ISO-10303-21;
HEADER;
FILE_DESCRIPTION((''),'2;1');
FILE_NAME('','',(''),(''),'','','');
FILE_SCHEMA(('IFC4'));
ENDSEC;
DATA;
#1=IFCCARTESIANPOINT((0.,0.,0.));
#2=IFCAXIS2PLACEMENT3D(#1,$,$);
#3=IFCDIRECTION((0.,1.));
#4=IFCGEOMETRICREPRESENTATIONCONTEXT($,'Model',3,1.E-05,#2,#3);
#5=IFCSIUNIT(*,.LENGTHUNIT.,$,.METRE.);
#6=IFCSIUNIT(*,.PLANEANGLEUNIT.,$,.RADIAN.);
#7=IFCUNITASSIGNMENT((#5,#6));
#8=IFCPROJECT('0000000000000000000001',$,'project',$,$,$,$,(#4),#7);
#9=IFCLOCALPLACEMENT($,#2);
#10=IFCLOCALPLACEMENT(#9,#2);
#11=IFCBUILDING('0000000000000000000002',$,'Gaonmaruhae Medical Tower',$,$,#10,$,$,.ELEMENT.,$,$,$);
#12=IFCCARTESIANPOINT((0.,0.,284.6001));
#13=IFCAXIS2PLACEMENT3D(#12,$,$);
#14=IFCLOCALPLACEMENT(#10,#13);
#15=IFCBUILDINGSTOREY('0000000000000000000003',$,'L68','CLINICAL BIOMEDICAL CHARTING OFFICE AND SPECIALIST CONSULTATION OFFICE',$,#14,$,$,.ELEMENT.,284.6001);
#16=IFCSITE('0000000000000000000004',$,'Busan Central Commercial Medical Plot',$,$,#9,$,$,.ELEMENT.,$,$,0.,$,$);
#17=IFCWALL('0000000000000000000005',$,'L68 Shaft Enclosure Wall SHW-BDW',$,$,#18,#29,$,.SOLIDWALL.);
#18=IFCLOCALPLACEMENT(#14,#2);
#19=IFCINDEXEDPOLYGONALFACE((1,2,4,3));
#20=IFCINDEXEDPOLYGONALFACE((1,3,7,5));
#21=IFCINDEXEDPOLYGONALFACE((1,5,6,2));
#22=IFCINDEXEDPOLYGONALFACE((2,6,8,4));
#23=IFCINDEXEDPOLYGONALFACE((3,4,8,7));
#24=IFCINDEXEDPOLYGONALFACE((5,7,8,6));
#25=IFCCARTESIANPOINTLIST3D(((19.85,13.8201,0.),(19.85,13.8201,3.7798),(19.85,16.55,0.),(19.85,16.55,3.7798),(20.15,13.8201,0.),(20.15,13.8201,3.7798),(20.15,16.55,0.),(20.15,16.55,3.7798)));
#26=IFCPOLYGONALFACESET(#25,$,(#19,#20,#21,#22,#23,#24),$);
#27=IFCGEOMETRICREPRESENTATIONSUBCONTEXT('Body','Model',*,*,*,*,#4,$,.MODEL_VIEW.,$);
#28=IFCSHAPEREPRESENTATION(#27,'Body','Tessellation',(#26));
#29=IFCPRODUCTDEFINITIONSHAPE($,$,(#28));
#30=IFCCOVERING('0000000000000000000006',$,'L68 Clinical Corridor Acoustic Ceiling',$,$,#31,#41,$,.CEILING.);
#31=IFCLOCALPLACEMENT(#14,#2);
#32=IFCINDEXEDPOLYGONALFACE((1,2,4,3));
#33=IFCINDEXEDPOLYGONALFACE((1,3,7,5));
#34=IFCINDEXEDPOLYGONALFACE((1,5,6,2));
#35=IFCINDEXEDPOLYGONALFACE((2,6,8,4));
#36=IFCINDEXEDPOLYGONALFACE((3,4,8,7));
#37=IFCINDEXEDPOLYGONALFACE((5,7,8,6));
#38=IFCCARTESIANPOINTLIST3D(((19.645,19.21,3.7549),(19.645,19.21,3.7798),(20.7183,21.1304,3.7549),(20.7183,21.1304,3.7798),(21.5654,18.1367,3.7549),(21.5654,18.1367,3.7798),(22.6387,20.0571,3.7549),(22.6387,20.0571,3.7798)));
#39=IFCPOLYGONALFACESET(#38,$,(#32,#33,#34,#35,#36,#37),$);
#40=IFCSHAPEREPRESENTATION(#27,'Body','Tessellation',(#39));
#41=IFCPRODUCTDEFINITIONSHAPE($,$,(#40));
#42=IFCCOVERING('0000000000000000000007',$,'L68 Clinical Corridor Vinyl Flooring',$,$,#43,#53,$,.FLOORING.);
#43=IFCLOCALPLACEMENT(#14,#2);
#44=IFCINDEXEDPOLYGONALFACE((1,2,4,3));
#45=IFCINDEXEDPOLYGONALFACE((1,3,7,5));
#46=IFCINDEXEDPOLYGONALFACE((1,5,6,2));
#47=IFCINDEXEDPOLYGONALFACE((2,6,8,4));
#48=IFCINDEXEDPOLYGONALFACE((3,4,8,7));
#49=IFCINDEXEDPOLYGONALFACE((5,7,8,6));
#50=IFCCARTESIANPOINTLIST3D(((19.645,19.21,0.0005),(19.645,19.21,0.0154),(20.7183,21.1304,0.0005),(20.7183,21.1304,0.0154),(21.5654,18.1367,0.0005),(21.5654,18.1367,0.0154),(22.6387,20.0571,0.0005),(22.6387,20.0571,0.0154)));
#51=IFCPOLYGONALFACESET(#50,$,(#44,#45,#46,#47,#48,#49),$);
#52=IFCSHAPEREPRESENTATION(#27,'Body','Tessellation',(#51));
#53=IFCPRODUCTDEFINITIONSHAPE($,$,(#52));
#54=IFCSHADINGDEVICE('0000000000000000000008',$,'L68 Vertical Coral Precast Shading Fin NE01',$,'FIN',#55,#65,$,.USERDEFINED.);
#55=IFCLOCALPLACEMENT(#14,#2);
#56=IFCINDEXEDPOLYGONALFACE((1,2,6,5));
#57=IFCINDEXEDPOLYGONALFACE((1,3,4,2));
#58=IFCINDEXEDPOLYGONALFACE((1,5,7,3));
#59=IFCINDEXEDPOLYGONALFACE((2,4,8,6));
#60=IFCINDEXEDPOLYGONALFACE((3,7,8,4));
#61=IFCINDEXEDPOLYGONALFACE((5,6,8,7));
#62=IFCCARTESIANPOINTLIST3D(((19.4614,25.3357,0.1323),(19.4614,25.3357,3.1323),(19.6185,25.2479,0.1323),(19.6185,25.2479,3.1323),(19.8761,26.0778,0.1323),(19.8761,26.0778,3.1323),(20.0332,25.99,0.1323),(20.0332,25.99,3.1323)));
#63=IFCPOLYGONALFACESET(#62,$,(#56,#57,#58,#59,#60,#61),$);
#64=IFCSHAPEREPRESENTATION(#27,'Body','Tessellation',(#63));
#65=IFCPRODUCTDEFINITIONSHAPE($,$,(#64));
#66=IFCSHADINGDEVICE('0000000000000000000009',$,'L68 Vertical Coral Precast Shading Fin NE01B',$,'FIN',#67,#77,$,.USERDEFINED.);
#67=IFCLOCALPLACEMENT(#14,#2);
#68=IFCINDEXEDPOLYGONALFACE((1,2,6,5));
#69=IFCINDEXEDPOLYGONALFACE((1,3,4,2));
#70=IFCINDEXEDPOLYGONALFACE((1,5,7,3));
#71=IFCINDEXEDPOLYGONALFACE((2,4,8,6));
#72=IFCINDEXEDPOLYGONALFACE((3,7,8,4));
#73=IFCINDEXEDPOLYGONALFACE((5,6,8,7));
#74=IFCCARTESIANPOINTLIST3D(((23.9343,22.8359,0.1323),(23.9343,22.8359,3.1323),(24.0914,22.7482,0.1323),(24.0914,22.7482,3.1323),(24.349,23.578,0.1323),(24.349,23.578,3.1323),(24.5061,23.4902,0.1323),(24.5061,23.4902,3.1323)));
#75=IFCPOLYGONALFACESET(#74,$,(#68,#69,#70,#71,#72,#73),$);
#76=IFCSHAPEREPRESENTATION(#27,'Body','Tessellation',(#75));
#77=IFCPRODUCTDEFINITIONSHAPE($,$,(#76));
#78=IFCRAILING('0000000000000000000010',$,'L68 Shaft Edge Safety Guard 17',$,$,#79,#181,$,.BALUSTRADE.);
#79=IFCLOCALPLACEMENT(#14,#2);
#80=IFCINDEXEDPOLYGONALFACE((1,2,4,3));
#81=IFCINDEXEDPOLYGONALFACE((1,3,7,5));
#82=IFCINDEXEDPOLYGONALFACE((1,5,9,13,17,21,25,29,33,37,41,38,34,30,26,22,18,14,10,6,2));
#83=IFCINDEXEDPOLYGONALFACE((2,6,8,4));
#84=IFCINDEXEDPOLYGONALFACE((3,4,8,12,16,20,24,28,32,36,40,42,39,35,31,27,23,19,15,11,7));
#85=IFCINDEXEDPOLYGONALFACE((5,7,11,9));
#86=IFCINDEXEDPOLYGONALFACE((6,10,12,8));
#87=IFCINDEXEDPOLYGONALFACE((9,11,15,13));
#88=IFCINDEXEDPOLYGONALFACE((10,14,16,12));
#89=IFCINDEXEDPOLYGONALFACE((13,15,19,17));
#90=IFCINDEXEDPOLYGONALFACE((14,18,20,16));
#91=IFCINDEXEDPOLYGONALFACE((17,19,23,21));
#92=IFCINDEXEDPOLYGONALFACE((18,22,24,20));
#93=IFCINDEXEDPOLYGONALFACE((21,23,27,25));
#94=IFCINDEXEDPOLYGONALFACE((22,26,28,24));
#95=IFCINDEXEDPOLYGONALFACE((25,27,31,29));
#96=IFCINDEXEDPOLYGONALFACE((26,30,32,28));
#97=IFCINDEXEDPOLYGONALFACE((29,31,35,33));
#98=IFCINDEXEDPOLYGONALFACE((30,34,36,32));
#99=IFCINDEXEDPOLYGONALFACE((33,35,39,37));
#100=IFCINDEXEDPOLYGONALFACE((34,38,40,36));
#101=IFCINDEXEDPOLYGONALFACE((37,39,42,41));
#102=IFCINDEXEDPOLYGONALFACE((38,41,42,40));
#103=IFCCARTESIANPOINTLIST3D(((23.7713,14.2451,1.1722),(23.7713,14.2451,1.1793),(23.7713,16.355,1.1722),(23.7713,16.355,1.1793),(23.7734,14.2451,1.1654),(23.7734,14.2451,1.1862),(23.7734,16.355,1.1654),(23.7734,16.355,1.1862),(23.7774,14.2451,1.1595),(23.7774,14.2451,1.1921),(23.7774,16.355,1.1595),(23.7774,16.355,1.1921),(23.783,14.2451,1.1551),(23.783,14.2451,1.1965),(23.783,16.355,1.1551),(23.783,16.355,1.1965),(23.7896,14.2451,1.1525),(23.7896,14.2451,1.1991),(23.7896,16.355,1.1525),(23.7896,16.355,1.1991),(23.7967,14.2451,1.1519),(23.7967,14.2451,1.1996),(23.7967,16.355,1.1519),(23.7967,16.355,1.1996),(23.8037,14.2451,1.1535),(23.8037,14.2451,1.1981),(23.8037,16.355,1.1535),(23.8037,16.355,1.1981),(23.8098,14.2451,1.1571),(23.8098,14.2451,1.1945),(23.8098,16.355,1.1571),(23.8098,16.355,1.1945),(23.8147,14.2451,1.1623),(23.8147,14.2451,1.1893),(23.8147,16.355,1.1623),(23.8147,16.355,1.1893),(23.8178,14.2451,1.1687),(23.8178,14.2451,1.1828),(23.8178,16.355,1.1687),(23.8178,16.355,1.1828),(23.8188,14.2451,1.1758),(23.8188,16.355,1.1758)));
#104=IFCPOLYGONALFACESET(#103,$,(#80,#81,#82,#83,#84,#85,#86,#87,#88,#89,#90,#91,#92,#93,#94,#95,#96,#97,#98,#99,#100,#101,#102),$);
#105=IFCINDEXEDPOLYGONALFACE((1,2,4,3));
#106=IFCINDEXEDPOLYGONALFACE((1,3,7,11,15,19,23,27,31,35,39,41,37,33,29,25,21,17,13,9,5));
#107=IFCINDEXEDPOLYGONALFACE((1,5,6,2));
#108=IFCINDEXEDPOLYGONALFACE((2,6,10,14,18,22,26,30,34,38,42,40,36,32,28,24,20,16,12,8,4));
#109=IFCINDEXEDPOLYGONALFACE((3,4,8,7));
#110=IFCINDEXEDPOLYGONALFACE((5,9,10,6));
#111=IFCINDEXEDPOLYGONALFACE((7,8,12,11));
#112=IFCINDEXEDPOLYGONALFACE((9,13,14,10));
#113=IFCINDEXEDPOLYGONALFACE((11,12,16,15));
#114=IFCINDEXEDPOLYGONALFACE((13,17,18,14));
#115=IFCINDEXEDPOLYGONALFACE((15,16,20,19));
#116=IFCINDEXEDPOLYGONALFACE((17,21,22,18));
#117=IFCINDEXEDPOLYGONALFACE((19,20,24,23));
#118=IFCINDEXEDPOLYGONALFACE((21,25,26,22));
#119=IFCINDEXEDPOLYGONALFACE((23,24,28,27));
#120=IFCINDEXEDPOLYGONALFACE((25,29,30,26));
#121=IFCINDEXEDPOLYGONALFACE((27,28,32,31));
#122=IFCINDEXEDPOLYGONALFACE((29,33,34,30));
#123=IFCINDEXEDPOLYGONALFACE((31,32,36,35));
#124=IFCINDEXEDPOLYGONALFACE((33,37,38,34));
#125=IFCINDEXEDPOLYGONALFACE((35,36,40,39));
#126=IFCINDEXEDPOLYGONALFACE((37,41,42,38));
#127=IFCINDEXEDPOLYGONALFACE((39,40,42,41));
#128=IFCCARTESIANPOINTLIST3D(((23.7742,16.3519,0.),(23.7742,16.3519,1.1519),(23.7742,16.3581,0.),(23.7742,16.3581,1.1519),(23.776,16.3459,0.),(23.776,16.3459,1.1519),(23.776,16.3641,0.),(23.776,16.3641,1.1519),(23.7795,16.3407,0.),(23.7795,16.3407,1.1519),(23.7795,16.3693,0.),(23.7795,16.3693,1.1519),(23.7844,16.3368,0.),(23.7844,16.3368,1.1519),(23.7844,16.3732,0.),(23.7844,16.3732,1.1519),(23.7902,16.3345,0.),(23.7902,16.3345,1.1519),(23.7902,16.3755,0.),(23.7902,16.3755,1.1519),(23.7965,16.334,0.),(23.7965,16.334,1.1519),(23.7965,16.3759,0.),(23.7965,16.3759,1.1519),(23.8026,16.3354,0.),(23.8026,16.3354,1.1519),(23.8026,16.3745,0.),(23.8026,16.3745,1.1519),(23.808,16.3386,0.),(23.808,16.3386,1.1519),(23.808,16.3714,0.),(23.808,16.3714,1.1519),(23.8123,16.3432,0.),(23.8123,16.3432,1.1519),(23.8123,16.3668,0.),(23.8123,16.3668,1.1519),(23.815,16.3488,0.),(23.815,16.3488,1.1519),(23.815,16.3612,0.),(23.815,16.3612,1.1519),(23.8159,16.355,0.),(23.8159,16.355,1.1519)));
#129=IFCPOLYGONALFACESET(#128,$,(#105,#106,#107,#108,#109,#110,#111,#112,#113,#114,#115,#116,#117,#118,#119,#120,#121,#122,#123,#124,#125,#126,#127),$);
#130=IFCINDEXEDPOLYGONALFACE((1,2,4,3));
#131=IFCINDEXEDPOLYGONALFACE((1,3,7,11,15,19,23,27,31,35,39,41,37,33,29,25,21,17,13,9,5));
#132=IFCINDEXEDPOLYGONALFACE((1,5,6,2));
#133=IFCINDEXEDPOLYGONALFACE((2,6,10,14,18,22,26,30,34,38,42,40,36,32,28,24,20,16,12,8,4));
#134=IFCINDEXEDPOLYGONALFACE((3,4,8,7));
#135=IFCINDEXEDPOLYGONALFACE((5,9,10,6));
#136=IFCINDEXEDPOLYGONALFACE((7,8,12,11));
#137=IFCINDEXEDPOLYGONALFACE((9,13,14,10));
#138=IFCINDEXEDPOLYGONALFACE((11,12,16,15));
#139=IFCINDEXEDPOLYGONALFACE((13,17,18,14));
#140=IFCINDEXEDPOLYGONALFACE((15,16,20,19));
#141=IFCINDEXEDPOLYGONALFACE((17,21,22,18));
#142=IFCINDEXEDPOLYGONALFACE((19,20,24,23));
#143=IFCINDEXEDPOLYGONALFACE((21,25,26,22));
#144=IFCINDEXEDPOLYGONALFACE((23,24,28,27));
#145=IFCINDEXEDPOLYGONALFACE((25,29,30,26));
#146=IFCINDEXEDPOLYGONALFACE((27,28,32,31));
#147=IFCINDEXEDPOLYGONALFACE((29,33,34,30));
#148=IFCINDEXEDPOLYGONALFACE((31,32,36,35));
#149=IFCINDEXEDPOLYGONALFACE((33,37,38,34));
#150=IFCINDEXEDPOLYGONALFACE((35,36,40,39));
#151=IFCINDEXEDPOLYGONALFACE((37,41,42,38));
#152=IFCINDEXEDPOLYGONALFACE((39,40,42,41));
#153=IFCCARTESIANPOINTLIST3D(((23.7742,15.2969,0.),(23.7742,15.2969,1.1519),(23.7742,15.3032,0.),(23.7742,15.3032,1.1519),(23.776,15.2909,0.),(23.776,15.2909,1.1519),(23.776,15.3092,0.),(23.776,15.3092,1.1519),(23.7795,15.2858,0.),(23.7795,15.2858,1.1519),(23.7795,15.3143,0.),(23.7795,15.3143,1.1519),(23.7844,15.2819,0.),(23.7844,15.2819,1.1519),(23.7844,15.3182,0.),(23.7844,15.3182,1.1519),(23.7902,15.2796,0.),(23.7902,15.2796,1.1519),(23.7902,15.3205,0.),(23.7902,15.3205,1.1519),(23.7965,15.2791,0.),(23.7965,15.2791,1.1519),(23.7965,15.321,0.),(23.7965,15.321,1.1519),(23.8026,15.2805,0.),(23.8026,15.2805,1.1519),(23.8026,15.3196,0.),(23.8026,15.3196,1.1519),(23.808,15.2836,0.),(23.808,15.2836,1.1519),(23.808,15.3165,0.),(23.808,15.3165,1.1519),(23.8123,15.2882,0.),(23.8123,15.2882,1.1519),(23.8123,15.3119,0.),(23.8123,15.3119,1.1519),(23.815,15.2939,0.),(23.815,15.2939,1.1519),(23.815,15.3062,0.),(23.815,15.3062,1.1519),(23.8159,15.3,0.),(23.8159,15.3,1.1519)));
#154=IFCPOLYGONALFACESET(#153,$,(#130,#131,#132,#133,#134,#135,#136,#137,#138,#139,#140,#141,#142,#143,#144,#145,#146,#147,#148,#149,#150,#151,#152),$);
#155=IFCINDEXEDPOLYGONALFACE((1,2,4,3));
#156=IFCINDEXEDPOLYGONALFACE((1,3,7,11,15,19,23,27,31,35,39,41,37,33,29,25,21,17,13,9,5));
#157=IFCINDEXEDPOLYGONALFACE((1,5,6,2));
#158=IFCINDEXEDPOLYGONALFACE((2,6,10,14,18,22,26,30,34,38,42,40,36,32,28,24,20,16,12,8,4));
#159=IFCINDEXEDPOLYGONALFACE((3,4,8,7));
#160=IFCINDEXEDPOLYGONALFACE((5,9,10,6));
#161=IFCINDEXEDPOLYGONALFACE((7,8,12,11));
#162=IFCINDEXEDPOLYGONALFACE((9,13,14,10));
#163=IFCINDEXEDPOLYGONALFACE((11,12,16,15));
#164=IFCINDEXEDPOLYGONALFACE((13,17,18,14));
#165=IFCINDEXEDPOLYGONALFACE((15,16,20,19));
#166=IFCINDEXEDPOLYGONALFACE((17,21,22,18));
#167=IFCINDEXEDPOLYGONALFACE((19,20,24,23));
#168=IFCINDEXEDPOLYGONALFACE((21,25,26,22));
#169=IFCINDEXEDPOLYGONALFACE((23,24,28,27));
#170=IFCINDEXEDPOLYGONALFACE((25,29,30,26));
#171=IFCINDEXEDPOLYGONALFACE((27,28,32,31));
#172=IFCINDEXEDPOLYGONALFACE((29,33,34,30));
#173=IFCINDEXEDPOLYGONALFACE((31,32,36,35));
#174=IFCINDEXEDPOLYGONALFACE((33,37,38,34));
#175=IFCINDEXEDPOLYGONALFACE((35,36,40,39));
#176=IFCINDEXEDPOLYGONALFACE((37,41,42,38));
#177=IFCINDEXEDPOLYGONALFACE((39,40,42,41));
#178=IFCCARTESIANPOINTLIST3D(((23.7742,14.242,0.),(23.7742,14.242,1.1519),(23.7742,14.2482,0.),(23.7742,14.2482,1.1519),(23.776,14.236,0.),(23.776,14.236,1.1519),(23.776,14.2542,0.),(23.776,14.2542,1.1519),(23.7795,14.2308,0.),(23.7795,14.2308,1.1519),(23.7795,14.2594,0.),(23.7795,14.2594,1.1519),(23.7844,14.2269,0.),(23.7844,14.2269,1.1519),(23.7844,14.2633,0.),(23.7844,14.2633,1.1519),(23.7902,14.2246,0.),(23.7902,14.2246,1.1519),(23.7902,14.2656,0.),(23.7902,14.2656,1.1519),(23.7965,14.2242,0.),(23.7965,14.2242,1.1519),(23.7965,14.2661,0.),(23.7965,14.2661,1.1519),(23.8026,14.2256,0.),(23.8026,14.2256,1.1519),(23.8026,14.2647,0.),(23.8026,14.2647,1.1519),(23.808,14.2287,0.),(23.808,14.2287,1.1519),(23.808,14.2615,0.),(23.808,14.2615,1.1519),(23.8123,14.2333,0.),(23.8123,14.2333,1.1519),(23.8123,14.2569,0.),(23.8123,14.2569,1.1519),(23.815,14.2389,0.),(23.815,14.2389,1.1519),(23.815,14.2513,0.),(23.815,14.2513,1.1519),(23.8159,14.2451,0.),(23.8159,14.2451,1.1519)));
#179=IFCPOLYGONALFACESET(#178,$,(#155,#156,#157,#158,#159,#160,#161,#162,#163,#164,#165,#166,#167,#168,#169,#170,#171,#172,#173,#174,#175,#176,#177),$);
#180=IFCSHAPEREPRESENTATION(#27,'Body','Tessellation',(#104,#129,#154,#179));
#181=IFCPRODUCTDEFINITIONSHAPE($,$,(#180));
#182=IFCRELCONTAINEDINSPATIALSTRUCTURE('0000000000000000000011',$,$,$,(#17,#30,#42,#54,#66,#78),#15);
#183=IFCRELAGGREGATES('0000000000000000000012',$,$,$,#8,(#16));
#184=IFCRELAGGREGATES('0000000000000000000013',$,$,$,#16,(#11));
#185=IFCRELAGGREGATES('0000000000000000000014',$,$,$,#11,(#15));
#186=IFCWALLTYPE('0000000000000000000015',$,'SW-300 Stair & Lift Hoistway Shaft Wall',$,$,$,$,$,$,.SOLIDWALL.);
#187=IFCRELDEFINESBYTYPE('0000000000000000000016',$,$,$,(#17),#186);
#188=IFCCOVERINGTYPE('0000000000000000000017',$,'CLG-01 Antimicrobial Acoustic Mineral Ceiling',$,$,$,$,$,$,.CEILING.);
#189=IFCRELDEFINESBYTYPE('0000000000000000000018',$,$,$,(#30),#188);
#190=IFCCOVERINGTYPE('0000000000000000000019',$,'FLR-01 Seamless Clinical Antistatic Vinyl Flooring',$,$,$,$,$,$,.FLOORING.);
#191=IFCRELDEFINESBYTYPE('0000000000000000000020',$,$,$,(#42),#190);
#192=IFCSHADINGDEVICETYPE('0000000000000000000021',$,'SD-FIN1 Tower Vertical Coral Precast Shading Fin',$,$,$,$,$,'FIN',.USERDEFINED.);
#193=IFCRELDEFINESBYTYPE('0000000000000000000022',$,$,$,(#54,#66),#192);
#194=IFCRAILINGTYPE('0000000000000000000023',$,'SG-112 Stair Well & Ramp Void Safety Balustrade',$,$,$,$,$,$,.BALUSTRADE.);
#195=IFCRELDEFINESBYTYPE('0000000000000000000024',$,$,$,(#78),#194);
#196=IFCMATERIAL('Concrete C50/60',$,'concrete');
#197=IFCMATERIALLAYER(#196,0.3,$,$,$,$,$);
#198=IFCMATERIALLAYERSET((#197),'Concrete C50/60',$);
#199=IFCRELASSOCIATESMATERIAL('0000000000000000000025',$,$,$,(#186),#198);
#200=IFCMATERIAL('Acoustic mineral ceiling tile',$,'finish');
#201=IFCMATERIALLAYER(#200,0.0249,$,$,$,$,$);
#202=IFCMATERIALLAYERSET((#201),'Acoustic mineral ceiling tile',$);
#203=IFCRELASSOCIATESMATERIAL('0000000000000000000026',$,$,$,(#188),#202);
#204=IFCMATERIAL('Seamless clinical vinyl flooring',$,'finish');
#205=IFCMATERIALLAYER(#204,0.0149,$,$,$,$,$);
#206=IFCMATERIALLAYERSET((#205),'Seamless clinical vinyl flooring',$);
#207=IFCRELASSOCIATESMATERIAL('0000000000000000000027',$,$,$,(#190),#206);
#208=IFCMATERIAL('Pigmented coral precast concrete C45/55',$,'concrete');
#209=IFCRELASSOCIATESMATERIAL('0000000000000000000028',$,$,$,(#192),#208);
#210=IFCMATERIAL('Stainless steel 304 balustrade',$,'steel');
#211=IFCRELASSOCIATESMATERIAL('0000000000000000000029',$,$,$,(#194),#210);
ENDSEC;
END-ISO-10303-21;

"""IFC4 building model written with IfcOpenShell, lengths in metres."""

from ifc_helpers import new_model, si_unit, direction, frame, frame_2d, origin, origin_2d, place, context, subcontext, project, spatial, rectangle, circle, extrude, material, layer, layer_set, type_object, element, save


model = new_model("IFC4")

# Units and contexts
model_context = context("Model", 3, precision=1e-05, world=origin(), true_north=direction((0.0, 1.0)))
body_context = subcontext(model_context, "Body", "Model", "MODEL_VIEW")
ifc_project = project(units=[si_unit("LENGTHUNIT", "METRE"), si_unit("PLANEANGLEUNIT", "RADIAN")], contexts=[model_context])

# Site, building, storey
site_placement = place(None, origin())
site = spatial("IfcSite", under=ifc_project, at=site_placement, Name="Busan Central Commercial Medical Plot", CompositionType="ELEMENT", RefElevation=0.0)
building_placement = place(site_placement, origin())
building = spatial("IfcBuilding", under=site, at=building_placement, Name="Gaonmaruhae Medical Tower", CompositionType="ELEMENT")
storey_placement = place(building_placement, frame((0.0, 0.0, 284.6001)))
storey = spatial("IfcBuildingStorey", under=building, at=storey_placement, Name="L68", Description="CLINICAL BIOMEDICAL CHARTING OFFICE AND SPECIALIST CONSULTATION OFFICE", CompositionType="ELEMENT", Elevation=284.6001)

# Shared definitions
ifc_material_1 = material(Name="Concrete C50/60", Category="concrete")

# Shared definitions
ifc_layer_1 = layer(ifc_material_1, 0.3)
ifc_layer_set_1 = layer_set([ifc_layer_1], Name="Concrete C50/60")
wall_type_1 = type_object("IfcWallType", Name="SW-300 Stair & Lift Hoistway Shaft Wall", PredefinedType="SOLIDWALL", material=ifc_layer_set_1)

# Wall
wall_1_placement = place(storey_placement, frame((20.0, 13.8201, 0.0), z_axis=(0.0, 0.0, 1.0), x_axis=(0.0, 1.0, 0.0)))
element("IfcWall", 1, at=wall_1_placement, inside=storey, type_object=wall_type_1, Name="L68 Shaft Enclosure Wall SHW-BDW", PredefinedType="SOLIDWALL", context=body_context, shape_type="SweptSolid", body=[
    extrude(rectangle(XDim=2.73, YDim=0.3, at=frame_2d((1.365, 0.0))), origin(), (0.0, 0.0, 1.0), 3.7798),
])

# Coverings
ifc_material_2 = material(Name="Acoustic mineral ceiling tile", Category="finish")
ifc_layer_2 = layer(ifc_material_2, 0.0249)
ifc_layer_set_2 = layer_set([ifc_layer_2], Name="Acoustic mineral ceiling tile")
covering_type_1 = type_object("IfcCoveringType", Name="CLG-01 Antimicrobial Acoustic Mineral Ceiling", PredefinedType="CEILING", material=ifc_layer_set_2)
covering_1_placement = place(storey_placement, frame((21.1418, 19.6335, 3.7549), z_axis=(0.0, 0.0, 1.0), x_axis=(0.48786, 0.872922, 0.0)))
element("IfcCovering", 2, at=covering_1_placement, inside=storey, type_object=covering_type_1, Name="L68 Clinical Corridor Acoustic Ceiling", PredefinedType="CEILING", context=body_context, shape_type="SweptSolid", body=[
    extrude(rectangle(XDim=2.2, YDim=2.2, at=origin_2d()), origin(), (0.0, 0.0, 1.0), 0.0249),
])
ifc_material_3 = material(Name="Seamless clinical vinyl flooring", Category="finish")
ifc_layer_3 = layer(ifc_material_3, 0.0149)
ifc_layer_set_3 = layer_set([ifc_layer_3], Name="Seamless clinical vinyl flooring")
covering_type_2 = type_object("IfcCoveringType", Name="FLR-01 Seamless Clinical Antistatic Vinyl Flooring", PredefinedType="FLOORING", material=ifc_layer_set_3)
covering_2_placement = place(storey_placement, frame((21.1418, 19.6335, 0.0005), z_axis=(0.0, 0.0, 1.0), x_axis=(0.48786, 0.872922, 0.0)))
element("IfcCovering", 3, at=covering_2_placement, inside=storey, type_object=covering_type_2, Name="L68 Clinical Corridor Vinyl Flooring", PredefinedType="FLOORING", context=body_context, shape_type="SweptSolid", body=[
    extrude(rectangle(XDim=2.2, YDim=2.2, at=origin_2d()), origin(), (0.0, 0.0, 1.0), 0.0149),
])

# Shading devices
ifc_material_4 = material(Name="Pigmented coral precast concrete C45/55", Category="concrete")
shading_device_type = type_object("IfcShadingDeviceType", Name="SD-FIN1 Tower Vertical Coral Precast Shading Fin", ElementType="FIN", PredefinedType="USERDEFINED", material=ifc_material_4)
for number, where, z_axis, x_axis, name in (
    (4, (19.7473, 25.6628, 0.1323), (0.0, 0.0, 1.0), (0.872922, -0.48786, 0.0), "L68 Vertical Coral Precast Shading Fin NE01"),
    (5, (24.2202, 23.1631, 0.1323), (0.0, 0.0, 1.0), (0.872922, -0.48786, 0.0), "L68 Vertical Coral Precast Shading Fin NE01B"),
):
    element("IfcShadingDevice", number, at=place(storey_placement, frame(where, z_axis=z_axis, x_axis=x_axis)), inside=storey, type_object=shading_device_type, Name=name, ObjectType="FIN", PredefinedType="USERDEFINED", context=body_context, shape_type="SweptSolid", body=[
        extrude(rectangle(XDim=0.1799, YDim=0.8501, at=origin_2d()), origin(), (0.0, 0.0, 1.0), 3.0),
    ])

# Railing
ifc_material_5 = material(Name="Stainless steel 304 balustrade", Category="steel")
railing_type = type_object("IfcRailingType", Name="SG-112 Stair Well & Ramp Void Safety Balustrade", PredefinedType="BALUSTRADE", material=ifc_material_5)
railing_placement = place(storey_placement, frame((23.7949, 16.355, 0.0)))
element("IfcRailing", 6, at=railing_placement, inside=storey, type_object=railing_type, Name="L68 Shaft Edge Safety Guard 17", PredefinedType="BALUSTRADE", context=body_context, shape_type="SweptSolid", body=[
    extrude(circle(Radius=0.0239, at=origin_2d()), frame((0.0, 0.0, 1.1758), z_axis=(0.0, -1.0, 0.0), x_axis=(1.0, 0.0, 0.0)), (0.0, 0.0, 1.0), 2.1099),
    extrude(circle(Radius=0.021, at=origin_2d()), origin(), (0.0, 0.0, 1.0), 1.1519),
    extrude(circle(Radius=0.021, at=origin_2d()), frame((0.0, -1.0549, 0.0)), (0.0, 0.0, 1.0), 1.1519),
    extrude(circle(Radius=0.021, at=origin_2d()), frame((0.0, -2.1099, 0.0)), (0.0, 0.0, 1.0), 1.1519),
])

save(model, "model.ifc")
